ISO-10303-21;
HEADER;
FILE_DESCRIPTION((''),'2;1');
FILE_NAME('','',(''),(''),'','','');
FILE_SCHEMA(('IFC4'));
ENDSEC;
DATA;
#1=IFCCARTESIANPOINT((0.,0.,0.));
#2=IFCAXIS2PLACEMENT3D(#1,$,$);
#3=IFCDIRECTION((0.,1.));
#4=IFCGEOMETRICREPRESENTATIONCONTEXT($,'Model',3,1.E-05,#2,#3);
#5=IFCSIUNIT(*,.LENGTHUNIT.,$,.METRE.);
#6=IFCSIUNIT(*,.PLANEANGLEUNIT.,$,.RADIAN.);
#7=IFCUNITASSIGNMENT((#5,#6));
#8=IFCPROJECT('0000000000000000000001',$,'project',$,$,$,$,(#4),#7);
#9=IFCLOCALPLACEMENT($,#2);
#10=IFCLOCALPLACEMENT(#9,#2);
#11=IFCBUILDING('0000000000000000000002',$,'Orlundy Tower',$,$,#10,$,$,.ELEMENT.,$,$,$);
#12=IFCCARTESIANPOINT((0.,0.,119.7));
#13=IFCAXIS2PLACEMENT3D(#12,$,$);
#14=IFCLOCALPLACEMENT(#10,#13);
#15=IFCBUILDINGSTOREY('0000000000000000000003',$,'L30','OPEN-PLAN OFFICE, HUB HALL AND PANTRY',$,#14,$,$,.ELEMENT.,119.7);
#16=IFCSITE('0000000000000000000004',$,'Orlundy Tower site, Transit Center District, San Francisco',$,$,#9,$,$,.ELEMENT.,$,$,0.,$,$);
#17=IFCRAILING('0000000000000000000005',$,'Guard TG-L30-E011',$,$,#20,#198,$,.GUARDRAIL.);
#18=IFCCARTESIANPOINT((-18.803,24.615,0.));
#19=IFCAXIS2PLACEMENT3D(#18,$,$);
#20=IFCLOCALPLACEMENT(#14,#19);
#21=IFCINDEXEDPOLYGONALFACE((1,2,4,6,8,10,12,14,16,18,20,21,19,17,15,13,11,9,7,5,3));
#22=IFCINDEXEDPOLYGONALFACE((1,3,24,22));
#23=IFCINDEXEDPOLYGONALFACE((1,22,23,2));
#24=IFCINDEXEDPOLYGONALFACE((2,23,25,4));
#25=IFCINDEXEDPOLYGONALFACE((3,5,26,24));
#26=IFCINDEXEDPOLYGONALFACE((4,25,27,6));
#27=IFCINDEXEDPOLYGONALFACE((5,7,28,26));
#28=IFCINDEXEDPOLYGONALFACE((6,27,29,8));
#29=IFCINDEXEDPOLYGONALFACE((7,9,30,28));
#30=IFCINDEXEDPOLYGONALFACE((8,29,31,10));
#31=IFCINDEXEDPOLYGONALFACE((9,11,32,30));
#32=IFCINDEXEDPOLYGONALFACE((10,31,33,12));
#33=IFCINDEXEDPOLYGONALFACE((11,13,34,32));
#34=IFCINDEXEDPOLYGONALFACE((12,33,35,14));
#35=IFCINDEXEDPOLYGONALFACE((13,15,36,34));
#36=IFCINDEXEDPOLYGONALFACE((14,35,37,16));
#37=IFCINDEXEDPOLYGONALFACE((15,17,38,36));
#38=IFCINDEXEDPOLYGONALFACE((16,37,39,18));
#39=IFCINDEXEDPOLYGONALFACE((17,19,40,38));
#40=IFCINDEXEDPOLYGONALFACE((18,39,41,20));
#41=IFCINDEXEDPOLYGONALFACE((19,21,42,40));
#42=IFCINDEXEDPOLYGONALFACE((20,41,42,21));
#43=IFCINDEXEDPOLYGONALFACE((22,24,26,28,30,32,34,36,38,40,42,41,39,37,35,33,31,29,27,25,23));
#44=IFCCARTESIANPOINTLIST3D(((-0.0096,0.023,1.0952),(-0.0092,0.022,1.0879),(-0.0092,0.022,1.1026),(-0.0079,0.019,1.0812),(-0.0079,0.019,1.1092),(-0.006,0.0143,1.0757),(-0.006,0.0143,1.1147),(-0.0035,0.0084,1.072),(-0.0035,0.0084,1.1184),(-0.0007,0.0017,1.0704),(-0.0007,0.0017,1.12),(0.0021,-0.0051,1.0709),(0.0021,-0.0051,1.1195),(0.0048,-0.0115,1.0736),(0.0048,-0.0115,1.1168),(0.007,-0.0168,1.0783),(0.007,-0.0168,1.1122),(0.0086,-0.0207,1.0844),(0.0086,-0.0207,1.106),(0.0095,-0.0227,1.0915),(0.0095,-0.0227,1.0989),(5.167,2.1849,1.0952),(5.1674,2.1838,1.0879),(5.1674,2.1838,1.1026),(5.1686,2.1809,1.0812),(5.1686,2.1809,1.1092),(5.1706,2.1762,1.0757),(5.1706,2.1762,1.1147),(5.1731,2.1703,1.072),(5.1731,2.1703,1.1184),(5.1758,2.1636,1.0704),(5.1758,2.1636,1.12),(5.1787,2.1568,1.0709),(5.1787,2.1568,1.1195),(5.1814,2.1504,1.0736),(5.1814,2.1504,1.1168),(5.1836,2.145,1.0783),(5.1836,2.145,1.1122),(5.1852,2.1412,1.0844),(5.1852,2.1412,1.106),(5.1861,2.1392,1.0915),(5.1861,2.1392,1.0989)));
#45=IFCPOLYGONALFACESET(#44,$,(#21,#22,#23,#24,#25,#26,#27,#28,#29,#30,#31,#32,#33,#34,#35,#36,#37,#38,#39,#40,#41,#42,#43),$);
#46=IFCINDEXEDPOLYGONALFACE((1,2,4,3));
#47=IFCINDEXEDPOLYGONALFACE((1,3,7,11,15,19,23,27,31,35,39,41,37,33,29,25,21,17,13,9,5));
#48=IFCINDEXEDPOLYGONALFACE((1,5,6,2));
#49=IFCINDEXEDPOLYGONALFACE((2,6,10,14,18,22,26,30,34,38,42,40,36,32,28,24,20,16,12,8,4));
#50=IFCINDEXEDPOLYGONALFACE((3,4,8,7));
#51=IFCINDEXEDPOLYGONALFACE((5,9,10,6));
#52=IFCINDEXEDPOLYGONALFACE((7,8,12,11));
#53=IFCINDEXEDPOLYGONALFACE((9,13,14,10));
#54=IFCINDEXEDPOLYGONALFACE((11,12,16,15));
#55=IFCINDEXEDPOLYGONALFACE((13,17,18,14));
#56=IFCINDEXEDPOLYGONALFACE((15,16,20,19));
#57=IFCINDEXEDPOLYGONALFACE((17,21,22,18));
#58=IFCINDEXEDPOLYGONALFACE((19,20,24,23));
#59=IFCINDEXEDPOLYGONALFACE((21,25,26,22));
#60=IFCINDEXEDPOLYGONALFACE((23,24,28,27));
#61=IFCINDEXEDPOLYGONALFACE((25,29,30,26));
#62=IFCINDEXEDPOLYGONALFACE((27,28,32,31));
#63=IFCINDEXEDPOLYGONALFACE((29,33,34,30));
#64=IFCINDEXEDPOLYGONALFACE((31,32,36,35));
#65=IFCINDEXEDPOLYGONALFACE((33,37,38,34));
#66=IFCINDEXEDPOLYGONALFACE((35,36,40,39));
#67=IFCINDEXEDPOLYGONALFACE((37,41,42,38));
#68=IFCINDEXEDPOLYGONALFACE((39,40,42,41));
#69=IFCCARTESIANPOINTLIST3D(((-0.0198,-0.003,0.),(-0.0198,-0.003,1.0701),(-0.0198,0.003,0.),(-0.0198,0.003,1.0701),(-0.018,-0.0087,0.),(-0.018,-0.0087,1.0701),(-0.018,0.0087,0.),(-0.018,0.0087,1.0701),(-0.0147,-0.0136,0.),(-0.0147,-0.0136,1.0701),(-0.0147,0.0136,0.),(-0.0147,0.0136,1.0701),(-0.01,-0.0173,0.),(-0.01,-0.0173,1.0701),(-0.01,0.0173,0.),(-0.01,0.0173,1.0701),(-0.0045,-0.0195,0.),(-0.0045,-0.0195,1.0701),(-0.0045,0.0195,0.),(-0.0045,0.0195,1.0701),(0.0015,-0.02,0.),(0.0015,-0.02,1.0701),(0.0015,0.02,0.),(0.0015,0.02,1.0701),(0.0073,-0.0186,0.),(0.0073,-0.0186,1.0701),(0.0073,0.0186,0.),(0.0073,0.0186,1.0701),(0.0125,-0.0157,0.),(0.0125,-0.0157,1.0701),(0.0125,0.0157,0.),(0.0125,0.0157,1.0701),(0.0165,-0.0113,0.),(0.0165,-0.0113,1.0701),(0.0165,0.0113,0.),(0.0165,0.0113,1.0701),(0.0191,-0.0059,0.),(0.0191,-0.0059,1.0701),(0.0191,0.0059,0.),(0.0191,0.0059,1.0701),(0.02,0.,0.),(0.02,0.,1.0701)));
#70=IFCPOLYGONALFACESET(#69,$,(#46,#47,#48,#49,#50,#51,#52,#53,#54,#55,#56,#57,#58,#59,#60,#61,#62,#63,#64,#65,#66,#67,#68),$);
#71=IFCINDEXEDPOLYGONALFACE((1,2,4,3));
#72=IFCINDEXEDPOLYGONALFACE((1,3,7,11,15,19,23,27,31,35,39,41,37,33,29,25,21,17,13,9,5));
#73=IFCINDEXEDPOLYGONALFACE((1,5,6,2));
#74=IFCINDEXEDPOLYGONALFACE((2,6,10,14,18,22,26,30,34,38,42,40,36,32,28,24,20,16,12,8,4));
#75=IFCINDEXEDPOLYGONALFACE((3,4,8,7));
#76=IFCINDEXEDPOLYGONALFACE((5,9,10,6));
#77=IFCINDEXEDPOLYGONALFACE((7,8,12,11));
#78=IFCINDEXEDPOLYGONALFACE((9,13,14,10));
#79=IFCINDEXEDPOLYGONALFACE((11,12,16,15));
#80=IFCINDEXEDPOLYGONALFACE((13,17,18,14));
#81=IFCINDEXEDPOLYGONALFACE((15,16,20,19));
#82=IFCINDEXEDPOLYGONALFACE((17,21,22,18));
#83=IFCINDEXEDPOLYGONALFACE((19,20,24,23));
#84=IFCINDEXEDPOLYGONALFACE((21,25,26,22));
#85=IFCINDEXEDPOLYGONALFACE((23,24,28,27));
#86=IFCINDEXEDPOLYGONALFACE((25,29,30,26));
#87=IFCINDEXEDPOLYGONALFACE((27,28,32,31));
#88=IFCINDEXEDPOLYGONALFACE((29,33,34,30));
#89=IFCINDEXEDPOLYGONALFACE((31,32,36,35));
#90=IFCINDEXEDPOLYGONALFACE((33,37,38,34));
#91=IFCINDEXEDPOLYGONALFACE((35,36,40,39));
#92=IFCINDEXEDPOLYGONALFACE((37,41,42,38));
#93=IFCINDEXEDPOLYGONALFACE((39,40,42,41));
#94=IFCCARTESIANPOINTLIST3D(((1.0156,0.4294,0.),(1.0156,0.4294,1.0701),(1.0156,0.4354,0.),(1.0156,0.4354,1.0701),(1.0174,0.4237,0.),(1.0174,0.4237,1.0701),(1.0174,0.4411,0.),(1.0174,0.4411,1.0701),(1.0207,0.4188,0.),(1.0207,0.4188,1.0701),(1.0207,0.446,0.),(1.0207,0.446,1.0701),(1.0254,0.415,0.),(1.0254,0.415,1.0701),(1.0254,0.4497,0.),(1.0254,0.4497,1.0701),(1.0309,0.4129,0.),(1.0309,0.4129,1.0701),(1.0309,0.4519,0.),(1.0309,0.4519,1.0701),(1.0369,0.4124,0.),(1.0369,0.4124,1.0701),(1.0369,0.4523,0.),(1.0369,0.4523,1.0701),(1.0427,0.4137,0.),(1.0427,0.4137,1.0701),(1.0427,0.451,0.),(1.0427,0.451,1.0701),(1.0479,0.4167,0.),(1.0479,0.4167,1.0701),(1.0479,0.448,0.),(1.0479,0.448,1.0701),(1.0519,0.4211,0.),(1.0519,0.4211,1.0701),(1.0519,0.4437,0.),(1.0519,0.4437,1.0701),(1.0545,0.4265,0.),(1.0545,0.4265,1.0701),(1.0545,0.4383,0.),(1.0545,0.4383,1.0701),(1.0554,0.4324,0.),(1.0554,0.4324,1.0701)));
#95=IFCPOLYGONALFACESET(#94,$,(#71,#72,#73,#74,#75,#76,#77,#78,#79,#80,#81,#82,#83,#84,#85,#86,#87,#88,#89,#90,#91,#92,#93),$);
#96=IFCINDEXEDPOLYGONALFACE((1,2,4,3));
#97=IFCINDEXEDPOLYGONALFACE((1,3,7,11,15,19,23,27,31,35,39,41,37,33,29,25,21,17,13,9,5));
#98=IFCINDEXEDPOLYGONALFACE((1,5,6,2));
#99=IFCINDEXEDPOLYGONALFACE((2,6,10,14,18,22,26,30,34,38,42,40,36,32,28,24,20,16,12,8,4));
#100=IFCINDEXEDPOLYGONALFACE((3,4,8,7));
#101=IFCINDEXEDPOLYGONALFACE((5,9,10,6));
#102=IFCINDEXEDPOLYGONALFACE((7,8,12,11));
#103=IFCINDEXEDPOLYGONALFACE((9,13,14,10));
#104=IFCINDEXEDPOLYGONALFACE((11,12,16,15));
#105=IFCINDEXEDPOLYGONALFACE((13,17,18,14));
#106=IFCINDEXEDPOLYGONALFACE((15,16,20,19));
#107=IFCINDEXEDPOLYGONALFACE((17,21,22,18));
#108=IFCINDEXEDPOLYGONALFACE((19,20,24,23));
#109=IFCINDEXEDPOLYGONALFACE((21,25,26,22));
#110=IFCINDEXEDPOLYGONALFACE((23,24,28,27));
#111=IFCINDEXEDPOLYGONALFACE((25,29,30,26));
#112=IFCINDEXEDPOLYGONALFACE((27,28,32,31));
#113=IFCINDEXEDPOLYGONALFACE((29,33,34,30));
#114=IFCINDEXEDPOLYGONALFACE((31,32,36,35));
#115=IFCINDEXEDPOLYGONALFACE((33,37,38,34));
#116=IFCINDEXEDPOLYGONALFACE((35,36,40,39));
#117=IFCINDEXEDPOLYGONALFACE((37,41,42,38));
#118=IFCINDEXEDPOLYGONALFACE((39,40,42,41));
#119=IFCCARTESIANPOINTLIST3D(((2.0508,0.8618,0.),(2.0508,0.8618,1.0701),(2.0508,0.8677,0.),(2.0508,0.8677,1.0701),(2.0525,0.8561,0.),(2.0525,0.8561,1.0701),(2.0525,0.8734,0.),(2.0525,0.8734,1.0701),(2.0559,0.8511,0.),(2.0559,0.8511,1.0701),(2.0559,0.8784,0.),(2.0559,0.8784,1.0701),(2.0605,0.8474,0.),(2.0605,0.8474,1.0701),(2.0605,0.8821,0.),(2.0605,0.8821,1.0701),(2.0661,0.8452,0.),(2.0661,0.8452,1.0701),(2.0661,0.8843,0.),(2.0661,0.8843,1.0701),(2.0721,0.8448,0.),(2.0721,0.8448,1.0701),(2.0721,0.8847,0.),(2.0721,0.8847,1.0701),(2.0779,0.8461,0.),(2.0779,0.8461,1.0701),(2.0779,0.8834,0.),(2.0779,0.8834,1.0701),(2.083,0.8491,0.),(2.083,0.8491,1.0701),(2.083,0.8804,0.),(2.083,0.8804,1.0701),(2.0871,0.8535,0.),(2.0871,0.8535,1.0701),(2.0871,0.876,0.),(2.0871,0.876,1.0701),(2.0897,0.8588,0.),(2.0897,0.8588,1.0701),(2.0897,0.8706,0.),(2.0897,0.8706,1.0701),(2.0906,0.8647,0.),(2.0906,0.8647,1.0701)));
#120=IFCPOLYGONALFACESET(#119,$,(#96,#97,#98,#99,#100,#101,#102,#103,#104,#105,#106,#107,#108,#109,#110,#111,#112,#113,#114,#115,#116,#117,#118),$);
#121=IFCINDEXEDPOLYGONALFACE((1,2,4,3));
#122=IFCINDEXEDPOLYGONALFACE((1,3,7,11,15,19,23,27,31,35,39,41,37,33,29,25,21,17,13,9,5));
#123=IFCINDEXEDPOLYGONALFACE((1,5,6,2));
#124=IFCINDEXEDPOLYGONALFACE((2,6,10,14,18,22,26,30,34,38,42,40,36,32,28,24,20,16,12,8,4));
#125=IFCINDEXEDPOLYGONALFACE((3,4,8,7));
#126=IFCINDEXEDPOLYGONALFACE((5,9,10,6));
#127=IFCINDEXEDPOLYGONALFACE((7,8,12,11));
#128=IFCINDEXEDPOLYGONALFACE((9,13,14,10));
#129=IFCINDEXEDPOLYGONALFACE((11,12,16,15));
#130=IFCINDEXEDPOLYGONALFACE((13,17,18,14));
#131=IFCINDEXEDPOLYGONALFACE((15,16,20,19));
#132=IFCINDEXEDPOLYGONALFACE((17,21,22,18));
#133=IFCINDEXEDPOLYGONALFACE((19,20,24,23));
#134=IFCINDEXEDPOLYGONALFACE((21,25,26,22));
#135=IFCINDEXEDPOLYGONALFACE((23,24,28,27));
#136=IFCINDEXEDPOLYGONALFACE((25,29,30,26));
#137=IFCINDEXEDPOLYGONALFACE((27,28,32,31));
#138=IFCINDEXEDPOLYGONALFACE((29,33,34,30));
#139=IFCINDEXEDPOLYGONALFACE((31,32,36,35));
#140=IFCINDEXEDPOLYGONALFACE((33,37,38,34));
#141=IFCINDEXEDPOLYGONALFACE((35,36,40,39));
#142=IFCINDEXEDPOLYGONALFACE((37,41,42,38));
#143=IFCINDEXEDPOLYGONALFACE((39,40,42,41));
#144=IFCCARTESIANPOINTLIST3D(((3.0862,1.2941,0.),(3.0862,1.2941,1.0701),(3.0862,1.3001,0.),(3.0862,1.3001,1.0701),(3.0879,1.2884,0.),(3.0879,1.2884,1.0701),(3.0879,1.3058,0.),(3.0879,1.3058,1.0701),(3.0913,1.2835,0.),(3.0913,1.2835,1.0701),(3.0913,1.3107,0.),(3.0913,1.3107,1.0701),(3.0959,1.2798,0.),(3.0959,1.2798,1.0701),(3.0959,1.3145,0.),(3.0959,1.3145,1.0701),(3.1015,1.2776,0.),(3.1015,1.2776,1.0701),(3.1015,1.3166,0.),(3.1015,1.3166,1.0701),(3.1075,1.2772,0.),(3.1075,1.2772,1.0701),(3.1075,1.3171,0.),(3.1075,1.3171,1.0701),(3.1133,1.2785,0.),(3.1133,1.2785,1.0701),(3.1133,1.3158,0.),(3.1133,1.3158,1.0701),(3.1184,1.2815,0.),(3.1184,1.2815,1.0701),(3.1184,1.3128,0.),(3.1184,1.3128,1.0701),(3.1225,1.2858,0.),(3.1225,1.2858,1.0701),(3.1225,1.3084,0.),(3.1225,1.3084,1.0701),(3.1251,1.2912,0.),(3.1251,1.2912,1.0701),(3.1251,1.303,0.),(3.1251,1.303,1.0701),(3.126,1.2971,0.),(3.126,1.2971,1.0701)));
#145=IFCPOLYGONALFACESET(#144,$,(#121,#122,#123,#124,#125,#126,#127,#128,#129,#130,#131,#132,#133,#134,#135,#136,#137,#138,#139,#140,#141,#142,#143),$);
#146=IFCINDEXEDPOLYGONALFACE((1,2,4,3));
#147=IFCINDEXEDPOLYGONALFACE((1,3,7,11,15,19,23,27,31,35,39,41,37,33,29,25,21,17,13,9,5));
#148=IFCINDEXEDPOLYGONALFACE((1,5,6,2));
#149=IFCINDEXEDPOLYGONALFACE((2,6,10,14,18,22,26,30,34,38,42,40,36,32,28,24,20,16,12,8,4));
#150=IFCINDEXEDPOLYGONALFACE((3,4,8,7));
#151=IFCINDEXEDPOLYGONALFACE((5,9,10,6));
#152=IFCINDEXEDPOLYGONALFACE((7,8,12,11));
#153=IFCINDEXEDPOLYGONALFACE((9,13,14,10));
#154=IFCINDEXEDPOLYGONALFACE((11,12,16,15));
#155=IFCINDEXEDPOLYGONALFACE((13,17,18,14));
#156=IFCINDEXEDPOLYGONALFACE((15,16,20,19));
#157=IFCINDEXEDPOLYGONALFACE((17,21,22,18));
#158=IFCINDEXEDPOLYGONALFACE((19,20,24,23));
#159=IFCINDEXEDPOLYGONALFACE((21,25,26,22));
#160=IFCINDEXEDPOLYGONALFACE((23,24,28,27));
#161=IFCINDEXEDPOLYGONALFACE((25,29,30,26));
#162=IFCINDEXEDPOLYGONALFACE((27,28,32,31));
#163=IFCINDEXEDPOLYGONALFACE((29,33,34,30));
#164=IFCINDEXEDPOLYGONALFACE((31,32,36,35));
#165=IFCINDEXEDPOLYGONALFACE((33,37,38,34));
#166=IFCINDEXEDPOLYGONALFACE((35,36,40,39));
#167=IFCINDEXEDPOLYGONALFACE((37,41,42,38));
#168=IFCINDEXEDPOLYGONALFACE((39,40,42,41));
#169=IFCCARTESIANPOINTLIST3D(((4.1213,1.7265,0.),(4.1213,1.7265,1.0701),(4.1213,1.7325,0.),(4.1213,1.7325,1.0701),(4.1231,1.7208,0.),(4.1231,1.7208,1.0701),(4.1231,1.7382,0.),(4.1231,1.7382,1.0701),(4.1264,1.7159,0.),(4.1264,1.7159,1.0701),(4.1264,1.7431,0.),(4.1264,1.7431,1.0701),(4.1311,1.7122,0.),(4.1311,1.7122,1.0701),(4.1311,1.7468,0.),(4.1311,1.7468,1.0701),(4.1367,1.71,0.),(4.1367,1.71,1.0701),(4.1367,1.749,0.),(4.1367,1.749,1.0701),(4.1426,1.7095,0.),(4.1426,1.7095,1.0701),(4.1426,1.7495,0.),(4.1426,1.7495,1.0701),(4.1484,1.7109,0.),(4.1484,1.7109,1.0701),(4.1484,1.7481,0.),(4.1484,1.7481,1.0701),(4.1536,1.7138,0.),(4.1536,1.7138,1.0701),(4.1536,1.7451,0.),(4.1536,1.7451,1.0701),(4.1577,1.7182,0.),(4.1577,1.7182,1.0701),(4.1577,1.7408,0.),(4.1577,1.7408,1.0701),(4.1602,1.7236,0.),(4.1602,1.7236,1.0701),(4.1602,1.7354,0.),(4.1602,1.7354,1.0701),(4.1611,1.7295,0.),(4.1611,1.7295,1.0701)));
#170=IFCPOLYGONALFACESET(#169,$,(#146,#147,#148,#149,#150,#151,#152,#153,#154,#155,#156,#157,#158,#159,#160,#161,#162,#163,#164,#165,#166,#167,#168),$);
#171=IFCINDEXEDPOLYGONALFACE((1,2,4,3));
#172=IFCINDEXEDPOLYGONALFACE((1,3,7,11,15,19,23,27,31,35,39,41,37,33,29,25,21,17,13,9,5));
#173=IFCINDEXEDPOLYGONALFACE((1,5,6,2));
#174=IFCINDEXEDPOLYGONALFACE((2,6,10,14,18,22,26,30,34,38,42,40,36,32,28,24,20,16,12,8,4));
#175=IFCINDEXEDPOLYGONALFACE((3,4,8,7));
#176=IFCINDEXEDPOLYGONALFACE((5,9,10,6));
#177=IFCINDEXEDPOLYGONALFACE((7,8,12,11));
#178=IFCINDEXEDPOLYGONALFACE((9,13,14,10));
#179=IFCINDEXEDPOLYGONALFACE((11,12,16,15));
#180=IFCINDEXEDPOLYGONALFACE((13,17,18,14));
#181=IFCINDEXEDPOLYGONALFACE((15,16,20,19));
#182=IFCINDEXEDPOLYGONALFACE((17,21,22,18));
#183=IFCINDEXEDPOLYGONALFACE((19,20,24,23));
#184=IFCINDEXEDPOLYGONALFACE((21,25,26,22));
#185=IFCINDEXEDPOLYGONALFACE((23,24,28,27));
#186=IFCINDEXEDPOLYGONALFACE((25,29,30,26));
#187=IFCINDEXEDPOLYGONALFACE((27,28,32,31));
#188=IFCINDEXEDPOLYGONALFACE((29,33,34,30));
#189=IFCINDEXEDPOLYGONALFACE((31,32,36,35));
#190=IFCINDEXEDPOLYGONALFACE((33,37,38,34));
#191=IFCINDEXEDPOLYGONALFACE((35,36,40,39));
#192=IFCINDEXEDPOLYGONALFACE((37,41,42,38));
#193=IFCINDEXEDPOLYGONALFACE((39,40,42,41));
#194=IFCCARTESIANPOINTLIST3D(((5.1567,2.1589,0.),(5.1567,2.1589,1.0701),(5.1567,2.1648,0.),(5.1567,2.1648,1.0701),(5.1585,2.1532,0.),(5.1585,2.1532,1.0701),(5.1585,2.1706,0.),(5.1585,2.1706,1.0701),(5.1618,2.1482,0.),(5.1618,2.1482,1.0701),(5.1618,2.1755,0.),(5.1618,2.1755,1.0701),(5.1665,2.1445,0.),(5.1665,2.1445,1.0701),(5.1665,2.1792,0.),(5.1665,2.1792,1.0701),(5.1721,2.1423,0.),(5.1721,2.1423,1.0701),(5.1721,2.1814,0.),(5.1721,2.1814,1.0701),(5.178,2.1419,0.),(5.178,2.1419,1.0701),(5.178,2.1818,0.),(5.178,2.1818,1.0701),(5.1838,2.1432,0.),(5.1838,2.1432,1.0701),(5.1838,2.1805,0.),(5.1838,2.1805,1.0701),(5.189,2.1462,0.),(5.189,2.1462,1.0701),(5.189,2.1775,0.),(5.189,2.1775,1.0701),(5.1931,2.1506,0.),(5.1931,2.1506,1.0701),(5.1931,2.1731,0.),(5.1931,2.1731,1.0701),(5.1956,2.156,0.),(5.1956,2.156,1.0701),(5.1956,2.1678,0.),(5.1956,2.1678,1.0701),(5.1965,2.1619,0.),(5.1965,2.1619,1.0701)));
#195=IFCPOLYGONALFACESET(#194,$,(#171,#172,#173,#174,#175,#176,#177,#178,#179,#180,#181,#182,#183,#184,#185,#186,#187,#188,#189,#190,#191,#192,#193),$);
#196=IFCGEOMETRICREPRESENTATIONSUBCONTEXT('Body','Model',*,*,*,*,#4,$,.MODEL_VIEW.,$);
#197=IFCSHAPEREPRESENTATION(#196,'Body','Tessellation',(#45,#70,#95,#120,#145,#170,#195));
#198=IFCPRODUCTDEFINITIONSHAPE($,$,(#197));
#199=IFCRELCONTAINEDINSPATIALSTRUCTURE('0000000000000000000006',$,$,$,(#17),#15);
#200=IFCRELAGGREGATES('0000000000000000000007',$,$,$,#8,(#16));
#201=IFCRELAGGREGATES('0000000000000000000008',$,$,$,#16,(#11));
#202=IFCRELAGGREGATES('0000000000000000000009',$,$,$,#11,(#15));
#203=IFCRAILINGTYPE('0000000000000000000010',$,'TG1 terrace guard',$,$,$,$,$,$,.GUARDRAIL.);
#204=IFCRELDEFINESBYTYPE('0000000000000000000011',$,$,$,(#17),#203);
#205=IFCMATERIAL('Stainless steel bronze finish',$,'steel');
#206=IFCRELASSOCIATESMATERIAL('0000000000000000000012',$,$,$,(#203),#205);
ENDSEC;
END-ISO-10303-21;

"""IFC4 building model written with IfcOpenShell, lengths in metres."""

from ifc_helpers import new_model, si_unit, direction, frame, origin, origin_2d, place, context, subcontext, project, spatial, circle, extrude, material, type_object, element, save


model = new_model("IFC4")

# Units and contexts
model_context = context("Model", 3, precision=1e-05, world=origin(), true_north=direction((0.0, 1.0)))
body_context = subcontext(model_context, "Body", "Model", "MODEL_VIEW")
ifc_project = project(units=[si_unit("LENGTHUNIT", "METRE"), si_unit("PLANEANGLEUNIT", "RADIAN")], contexts=[model_context])

# Site, building, storey
site_placement = place(None, origin())
site = spatial("IfcSite", under=ifc_project, at=site_placement, Name="Orlundy Tower site, Transit Center District, San Francisco", CompositionType="ELEMENT", RefElevation=0.0)
building_placement = place(site_placement, origin())
building = spatial("IfcBuilding", under=site, at=building_placement, Name="Orlundy Tower", CompositionType="ELEMENT")
storey_placement = place(building_placement, frame((0.0, 0.0, 119.7)))
storey = spatial("IfcBuildingStorey", under=building, at=storey_placement, Name="L30", Description="OPEN-PLAN OFFICE, HUB HALL AND PANTRY", CompositionType="ELEMENT", Elevation=119.7)

# Railing
ifc_material_1 = material(Name="Stainless steel bronze finish", Category="steel")
railing_type_1 = type_object("IfcRailingType", Name="TG1 terrace guard", PredefinedType="GUARDRAIL", material=ifc_material_1)
railing_1_placement = place(storey_placement, frame((-18.803, 24.615, 0.0)))
element("IfcRailing", 1, at=railing_1_placement, inside=storey, type_object=railing_type_1, Name="Guard TG-L30-E011", PredefinedType="GUARDRAIL", context=body_context, shape_type="SweptSolid", body=[
    extrude(circle(Radius=0.0249, at=origin_2d()), frame((0.0, 0.0, 1.0952), z_axis=(0.922761, 0.385372, 0.0), x_axis=(-0.385372, 0.922761, 0.0)), (0.0, 0.0, 1.0), 5.6099),
    extrude(circle(Radius=0.02, at=origin_2d()), origin(), (0.0, 0.0, 1.0), 1.0701),
    extrude(circle(Radius=0.02, at=origin_2d()), frame((1.0354, 0.4324, 0.0)), (0.0, 0.0, 1.0), 1.0701),
    extrude(circle(Radius=0.02, at=origin_2d()), frame((2.0706, 0.8647, 0.0)), (0.0, 0.0, 1.0), 1.0701),
    extrude(circle(Radius=0.02, at=origin_2d()), frame((3.106, 1.2971, 0.0)), (0.0, 0.0, 1.0), 1.0701),
    extrude(circle(Radius=0.02, at=origin_2d()), frame((4.1411, 1.7295, 0.0)), (0.0, 0.0, 1.0), 1.0701),
    extrude(circle(Radius=0.02, at=origin_2d()), frame((5.1765, 2.1619, 0.0)), (0.0, 0.0, 1.0), 1.0701),
])

save(model, "model.ifc")
